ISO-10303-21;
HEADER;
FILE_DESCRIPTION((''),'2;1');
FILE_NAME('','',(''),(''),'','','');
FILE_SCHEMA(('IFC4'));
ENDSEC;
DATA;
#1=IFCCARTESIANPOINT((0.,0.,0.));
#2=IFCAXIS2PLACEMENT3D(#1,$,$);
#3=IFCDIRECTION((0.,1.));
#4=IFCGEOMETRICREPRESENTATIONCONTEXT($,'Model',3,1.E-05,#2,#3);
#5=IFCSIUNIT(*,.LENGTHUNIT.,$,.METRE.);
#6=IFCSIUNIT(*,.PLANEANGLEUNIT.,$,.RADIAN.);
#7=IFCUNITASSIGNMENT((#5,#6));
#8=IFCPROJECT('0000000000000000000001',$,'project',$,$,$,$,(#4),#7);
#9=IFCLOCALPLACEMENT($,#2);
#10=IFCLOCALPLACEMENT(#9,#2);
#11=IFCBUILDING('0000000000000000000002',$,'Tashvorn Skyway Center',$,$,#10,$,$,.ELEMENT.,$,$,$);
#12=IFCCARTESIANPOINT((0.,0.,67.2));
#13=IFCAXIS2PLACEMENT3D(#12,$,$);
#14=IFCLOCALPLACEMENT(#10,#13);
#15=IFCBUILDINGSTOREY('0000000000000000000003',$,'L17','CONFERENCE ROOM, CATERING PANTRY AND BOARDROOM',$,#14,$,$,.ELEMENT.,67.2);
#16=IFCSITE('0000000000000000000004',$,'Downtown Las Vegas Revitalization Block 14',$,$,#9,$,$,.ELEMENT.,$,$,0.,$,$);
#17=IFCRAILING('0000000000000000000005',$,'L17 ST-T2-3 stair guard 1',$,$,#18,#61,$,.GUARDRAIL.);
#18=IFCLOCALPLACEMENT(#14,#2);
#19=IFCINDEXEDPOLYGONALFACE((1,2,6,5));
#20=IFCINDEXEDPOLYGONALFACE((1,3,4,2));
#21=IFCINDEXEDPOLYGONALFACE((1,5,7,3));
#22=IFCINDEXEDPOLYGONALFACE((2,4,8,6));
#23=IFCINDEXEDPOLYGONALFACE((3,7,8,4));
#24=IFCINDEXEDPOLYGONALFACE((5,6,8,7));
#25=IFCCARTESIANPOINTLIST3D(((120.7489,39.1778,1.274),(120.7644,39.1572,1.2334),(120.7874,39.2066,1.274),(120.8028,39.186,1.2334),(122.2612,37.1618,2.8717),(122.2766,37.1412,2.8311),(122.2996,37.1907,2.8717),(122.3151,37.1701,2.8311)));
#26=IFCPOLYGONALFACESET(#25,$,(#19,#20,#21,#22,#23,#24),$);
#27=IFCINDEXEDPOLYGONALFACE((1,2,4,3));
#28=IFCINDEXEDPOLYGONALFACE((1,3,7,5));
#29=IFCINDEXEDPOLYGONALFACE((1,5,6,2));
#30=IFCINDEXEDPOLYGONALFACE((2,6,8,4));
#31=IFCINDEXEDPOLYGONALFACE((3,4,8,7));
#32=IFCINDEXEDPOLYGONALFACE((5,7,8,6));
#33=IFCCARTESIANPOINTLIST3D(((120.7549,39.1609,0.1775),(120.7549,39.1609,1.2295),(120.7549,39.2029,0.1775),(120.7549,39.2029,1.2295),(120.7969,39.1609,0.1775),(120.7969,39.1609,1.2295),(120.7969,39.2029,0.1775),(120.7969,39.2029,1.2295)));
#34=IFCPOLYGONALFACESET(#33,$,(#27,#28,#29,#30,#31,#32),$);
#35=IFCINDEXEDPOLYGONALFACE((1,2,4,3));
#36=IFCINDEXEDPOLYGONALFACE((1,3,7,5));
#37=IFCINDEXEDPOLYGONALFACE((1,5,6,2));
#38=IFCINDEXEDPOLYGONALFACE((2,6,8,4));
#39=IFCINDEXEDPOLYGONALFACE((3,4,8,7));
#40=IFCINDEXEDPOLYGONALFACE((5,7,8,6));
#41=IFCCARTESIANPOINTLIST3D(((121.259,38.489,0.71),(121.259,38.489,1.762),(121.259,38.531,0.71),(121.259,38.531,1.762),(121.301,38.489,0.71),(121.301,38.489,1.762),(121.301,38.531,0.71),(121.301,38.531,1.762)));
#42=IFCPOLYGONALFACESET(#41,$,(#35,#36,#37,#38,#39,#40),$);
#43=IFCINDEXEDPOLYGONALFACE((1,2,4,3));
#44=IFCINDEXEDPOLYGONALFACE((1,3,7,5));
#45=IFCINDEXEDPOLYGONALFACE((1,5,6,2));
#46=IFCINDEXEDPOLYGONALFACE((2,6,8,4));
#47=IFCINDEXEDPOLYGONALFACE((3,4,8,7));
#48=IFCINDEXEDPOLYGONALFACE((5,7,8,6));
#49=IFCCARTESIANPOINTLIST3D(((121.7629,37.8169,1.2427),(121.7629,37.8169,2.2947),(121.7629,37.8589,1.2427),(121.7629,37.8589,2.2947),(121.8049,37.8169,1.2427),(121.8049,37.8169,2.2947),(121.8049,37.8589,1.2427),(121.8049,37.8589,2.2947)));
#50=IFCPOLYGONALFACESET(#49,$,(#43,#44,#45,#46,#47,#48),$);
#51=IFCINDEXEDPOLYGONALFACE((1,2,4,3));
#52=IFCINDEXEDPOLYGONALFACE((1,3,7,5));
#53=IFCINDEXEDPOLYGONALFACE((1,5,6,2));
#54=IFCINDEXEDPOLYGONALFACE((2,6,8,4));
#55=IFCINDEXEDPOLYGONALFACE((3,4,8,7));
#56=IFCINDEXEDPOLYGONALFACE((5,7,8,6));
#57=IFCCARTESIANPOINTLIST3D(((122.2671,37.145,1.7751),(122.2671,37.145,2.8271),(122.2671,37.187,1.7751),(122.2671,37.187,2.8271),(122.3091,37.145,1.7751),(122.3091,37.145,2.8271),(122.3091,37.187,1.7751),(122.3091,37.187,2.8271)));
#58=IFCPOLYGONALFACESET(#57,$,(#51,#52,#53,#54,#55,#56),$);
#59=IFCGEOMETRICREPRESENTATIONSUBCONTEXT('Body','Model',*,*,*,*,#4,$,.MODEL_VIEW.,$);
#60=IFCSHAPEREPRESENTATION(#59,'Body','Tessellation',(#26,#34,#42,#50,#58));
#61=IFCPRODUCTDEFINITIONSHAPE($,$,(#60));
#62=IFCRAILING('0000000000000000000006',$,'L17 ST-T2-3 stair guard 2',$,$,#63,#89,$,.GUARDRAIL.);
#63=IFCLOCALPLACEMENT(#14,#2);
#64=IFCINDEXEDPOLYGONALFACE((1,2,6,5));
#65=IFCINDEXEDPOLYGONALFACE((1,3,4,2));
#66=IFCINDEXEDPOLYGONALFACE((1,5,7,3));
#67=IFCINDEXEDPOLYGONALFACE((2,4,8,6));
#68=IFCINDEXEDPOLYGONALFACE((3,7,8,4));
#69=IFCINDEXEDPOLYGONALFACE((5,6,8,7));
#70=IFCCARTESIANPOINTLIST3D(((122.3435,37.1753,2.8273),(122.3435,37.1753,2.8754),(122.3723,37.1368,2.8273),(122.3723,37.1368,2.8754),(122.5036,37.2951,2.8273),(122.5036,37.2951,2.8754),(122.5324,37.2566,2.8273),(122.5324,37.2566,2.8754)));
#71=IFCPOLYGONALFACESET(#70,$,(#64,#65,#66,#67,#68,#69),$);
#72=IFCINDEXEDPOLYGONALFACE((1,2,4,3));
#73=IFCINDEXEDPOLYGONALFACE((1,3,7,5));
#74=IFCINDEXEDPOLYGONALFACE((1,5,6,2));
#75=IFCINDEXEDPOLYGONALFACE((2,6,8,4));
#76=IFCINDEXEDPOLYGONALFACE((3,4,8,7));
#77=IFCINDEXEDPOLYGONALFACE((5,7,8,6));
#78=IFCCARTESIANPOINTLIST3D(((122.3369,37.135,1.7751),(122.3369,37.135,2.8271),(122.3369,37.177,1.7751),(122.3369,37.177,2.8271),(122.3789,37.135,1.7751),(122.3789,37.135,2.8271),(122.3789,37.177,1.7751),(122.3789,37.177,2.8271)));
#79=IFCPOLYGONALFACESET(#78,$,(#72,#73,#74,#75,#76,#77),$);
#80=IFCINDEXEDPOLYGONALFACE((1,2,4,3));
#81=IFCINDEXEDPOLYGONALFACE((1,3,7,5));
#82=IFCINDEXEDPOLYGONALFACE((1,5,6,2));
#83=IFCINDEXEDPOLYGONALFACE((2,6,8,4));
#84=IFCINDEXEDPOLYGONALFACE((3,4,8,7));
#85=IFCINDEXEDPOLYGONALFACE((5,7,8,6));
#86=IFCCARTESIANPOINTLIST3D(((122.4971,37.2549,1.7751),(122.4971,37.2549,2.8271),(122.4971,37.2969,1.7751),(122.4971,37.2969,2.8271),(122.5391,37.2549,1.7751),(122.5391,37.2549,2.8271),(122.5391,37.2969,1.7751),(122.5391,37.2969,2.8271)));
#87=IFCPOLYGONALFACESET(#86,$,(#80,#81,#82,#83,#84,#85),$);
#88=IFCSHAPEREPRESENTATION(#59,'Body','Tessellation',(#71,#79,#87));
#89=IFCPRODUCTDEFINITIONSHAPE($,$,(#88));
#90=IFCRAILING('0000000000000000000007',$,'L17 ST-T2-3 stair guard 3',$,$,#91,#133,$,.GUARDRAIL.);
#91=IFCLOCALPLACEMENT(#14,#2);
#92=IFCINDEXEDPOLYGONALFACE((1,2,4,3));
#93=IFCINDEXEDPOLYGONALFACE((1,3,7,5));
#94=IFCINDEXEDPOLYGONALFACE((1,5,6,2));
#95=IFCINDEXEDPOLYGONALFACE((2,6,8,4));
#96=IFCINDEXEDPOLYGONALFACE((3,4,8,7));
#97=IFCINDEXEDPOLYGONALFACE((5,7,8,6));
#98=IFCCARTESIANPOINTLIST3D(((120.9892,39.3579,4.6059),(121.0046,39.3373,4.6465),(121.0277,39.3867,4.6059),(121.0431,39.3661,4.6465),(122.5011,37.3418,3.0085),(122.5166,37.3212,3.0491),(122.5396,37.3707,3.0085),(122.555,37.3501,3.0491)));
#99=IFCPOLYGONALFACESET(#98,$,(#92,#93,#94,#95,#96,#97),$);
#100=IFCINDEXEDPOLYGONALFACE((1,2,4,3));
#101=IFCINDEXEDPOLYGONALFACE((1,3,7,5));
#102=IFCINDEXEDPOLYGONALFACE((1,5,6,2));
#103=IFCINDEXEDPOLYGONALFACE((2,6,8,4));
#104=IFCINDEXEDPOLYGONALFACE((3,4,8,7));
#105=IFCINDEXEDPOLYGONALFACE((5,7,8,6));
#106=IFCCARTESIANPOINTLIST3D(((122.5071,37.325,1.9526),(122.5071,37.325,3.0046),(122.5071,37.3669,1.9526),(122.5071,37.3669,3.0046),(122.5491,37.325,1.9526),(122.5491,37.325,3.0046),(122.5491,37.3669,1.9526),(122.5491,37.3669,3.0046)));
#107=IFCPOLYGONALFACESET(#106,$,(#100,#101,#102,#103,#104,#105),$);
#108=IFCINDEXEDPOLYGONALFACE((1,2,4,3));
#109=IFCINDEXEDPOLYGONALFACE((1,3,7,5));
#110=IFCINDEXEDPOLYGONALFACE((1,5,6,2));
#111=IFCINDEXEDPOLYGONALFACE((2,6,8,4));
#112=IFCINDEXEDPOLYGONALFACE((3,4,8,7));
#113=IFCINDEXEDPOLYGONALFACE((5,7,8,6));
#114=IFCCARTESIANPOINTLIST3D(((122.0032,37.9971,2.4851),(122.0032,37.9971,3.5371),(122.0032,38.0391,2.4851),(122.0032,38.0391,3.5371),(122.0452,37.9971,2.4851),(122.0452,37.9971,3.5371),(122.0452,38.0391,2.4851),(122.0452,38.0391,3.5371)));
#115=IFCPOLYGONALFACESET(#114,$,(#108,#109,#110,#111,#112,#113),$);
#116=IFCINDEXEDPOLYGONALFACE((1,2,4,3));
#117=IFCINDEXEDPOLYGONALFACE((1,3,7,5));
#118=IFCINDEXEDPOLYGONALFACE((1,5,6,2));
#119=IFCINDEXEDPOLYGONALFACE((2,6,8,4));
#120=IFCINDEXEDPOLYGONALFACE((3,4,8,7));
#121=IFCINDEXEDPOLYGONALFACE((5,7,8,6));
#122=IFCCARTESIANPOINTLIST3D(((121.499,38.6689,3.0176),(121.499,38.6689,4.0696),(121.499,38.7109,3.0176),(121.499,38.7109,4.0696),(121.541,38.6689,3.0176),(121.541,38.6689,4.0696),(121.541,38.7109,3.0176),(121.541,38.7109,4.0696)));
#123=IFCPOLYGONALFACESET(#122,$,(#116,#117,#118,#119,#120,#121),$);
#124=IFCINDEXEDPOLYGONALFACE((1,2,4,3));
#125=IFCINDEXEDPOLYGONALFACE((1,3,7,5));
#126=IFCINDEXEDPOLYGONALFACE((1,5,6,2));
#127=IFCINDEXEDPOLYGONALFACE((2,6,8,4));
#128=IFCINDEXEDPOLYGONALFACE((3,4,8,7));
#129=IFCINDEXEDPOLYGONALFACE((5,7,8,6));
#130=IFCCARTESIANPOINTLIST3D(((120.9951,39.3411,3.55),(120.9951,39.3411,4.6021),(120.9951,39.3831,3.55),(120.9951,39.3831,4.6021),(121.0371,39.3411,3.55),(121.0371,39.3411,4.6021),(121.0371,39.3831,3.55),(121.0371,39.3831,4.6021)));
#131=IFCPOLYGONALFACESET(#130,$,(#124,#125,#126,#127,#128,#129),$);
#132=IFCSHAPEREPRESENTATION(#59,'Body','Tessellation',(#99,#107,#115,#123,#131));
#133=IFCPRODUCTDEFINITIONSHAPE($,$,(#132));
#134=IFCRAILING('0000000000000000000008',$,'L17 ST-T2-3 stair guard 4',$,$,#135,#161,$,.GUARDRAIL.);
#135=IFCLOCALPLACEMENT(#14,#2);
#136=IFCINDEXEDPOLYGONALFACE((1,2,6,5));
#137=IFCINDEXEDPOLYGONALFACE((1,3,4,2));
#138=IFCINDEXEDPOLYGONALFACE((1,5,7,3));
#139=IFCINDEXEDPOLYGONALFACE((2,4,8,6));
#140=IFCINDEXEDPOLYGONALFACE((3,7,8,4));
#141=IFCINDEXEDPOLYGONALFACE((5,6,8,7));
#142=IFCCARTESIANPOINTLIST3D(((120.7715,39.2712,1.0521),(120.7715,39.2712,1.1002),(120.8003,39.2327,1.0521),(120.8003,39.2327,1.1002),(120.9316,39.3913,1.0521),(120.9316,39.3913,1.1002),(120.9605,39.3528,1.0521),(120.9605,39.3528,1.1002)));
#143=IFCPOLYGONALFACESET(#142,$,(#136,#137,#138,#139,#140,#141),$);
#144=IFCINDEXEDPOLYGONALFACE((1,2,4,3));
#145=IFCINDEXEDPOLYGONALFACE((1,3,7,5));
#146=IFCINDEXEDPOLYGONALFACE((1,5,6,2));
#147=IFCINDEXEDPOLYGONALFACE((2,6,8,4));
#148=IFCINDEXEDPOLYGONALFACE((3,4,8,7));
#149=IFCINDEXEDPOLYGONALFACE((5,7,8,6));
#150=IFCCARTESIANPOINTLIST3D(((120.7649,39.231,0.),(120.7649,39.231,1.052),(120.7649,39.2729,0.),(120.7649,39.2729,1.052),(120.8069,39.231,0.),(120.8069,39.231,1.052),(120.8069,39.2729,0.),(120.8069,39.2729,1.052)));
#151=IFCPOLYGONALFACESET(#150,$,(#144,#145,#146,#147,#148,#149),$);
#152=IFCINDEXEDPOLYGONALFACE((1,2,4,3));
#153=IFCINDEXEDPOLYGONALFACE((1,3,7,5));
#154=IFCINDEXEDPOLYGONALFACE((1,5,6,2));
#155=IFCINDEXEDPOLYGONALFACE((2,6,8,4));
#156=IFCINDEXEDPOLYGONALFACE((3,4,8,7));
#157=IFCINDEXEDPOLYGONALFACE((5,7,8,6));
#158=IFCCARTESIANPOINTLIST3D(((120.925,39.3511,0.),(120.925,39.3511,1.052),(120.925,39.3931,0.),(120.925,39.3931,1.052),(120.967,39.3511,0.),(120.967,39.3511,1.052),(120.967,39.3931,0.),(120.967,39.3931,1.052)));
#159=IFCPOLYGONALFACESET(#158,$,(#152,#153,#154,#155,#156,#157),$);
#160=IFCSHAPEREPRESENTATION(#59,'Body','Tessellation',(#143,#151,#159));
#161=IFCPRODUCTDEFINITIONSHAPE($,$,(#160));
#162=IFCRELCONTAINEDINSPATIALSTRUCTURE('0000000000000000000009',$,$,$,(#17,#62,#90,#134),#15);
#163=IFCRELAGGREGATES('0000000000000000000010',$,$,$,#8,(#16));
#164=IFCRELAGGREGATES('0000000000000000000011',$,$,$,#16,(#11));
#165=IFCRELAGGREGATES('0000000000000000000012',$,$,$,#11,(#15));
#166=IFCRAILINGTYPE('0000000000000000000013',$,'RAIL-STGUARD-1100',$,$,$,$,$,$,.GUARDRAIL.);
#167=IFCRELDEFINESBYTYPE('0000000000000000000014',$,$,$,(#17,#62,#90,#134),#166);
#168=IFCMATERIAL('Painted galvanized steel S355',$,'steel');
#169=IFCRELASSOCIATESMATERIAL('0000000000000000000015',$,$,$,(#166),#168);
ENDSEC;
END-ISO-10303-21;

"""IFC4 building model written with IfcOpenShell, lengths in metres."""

from ifc_helpers import new_model, si_unit, direction, frame, origin, origin_2d, place, context, subcontext, project, spatial, rectangle, extrude, material, type_object, element, save


model = new_model("IFC4")

# Units and contexts
model_context = context("Model", 3, precision=1e-05, world=origin(), true_north=direction((0.0, 1.0)))
body_context = subcontext(model_context, "Body", "Model", "MODEL_VIEW")
ifc_project = project(units=[si_unit("LENGTHUNIT", "METRE"), si_unit("PLANEANGLEUNIT", "RADIAN")], contexts=[model_context])

# Site, building, storey
site_placement = place(None, origin())
site = spatial("IfcSite", under=ifc_project, at=site_placement, Name="Downtown Las Vegas Revitalization Block 14", CompositionType="ELEMENT", RefElevation=0.0)
building_placement = place(site_placement, origin())
building = spatial("IfcBuilding", under=site, at=building_placement, Name="Tashvorn Skyway Center", CompositionType="ELEMENT")
storey_placement = place(building_placement, frame((0.0, 0.0, 67.2)))
storey = spatial("IfcBuildingStorey", under=building, at=storey_placement, Name="L17", Description="CONFERENCE ROOM, CATERING PANTRY AND BOARDROOM", CompositionType="ELEMENT", Elevation=67.2)

# Railings
ifc_material_1 = material(Name="Painted galvanized steel S355", Category="steel")
railing_type_1 = type_object("IfcRailingType", Name="RAIL-STGUARD-1100", PredefinedType="GUARDRAIL", material=ifc_material_1)
railing_1_placement = place(storey_placement, frame((120.7759, 39.1819, 0.1775)))
element("IfcRailing", 1, at=railing_1_placement, inside=storey, type_object=railing_type_1, Name="L17 ST-T2-3 stair guard 1", PredefinedType="GUARDRAIL", context=body_context, shape_type="SweptSolid", body=[
    extrude(rectangle(XDim=0.0481, YDim=0.0481, at=origin_2d()), frame((0.0, 0.0, 1.0762), z_axis=(0.506807, -0.675607, 0.535445), x_axis=(0.799942, 0.600078, 0.0)), (0.0, 0.0, 1.0), 2.9839),
    extrude(rectangle(XDim=0.042, YDim=0.042, at=origin_2d()), origin(), (0.0, 0.0, 1.0), 1.052),
    extrude(rectangle(XDim=0.042, YDim=0.042, at=origin_2d()), frame((0.5042, -0.6719, 0.5325)), (0.0, 0.0, 1.0), 1.052),
    extrude(rectangle(XDim=0.042, YDim=0.042, at=origin_2d()), frame((1.0081, -1.344, 1.0652)), (0.0, 0.0, 1.0), 1.052),
    extrude(rectangle(XDim=0.042, YDim=0.042, at=origin_2d()), frame((1.5122, -2.0159, 1.5977)), (0.0, 0.0, 1.0), 1.052),
])
railing_2_placement = place(storey_placement, frame((122.3579, 37.156, 1.7751)))
element("IfcRailing", 2, at=railing_2_placement, inside=storey, type_object=railing_type_1, Name="L17 ST-T2-3 stair guard 2", PredefinedType="GUARDRAIL", context=body_context, shape_type="SweptSolid", body=[
    extrude(rectangle(XDim=0.0481, YDim=0.0481, at=origin_2d()), frame((0.0, 0.0, 1.0762), z_axis=(0.800585, 0.599219, 0.0), x_axis=(-0.599219, 0.800585, 0.0)), (0.0, 0.0, 1.0), 0.2),
    extrude(rectangle(XDim=0.042, YDim=0.042, at=origin_2d()), origin(), (0.0, 0.0, 1.0), 1.052),
    extrude(rectangle(XDim=0.042, YDim=0.042, at=origin_2d()), frame((0.1602, 0.1199, 0.0)), (0.0, 0.0, 1.0), 1.052),
])
railing_3_placement = place(storey_placement, frame((122.5281, 37.3459, 1.9526)))
element("IfcRailing", 3, at=railing_3_placement, inside=storey, type_object=railing_type_1, Name="L17 ST-T2-3 stair guard 3", PredefinedType="GUARDRAIL", context=body_context, shape_type="SweptSolid", body=[
    extrude(rectangle(XDim=0.0481, YDim=0.0481, at=origin_2d()), frame((0.0, 0.0, 1.0762), z_axis=(-0.506741, 0.675709, 0.535379), x_axis=(-0.800023, -0.599969, 0.0)), (0.0, 0.0, 1.0), 2.9836),
    extrude(rectangle(XDim=0.042, YDim=0.042, at=origin_2d()), origin(), (0.0, 0.0, 1.0), 1.052),
    extrude(rectangle(XDim=0.042, YDim=0.042, at=origin_2d()), frame((-0.5039, 0.6721, 0.5325)), (0.0, 0.0, 1.0), 1.052),
    extrude(rectangle(XDim=0.042, YDim=0.042, at=origin_2d()), frame((-1.0081, 1.344, 1.0649)), (0.0, 0.0, 1.0), 1.052),
    extrude(rectangle(XDim=0.042, YDim=0.042, at=origin_2d()), frame((-1.512, 2.0161, 1.5974)), (0.0, 0.0, 1.0), 1.052),
])
railing_4_placement = place(storey_placement, frame((120.7859, 39.252, 0.0)))
element("IfcRailing", 4, at=railing_4_placement, inside=storey, type_object=railing_type_1, Name="L17 ST-T2-3 stair guard 4", PredefinedType="GUARDRAIL", context=body_context, shape_type="SweptSolid", body=[
    extrude(rectangle(XDim=0.0481, YDim=0.0481, at=origin_2d()), frame((0.0, 0.0, 1.0762), z_axis=(0.8, 0.6, 0.0), x_axis=(-0.6, 0.8, 0.0)), (0.0, 0.0, 1.0), 0.2002),
    extrude(rectangle(XDim=0.042, YDim=0.042, at=origin_2d()), origin(), (0.0, 0.0, 1.0), 1.052),
    extrude(rectangle(XDim=0.042, YDim=0.042, at=origin_2d()), frame((0.1602, 0.1201, 0.0)), (0.0, 0.0, 1.0), 1.052),
])

save(model, "model.ifc")
